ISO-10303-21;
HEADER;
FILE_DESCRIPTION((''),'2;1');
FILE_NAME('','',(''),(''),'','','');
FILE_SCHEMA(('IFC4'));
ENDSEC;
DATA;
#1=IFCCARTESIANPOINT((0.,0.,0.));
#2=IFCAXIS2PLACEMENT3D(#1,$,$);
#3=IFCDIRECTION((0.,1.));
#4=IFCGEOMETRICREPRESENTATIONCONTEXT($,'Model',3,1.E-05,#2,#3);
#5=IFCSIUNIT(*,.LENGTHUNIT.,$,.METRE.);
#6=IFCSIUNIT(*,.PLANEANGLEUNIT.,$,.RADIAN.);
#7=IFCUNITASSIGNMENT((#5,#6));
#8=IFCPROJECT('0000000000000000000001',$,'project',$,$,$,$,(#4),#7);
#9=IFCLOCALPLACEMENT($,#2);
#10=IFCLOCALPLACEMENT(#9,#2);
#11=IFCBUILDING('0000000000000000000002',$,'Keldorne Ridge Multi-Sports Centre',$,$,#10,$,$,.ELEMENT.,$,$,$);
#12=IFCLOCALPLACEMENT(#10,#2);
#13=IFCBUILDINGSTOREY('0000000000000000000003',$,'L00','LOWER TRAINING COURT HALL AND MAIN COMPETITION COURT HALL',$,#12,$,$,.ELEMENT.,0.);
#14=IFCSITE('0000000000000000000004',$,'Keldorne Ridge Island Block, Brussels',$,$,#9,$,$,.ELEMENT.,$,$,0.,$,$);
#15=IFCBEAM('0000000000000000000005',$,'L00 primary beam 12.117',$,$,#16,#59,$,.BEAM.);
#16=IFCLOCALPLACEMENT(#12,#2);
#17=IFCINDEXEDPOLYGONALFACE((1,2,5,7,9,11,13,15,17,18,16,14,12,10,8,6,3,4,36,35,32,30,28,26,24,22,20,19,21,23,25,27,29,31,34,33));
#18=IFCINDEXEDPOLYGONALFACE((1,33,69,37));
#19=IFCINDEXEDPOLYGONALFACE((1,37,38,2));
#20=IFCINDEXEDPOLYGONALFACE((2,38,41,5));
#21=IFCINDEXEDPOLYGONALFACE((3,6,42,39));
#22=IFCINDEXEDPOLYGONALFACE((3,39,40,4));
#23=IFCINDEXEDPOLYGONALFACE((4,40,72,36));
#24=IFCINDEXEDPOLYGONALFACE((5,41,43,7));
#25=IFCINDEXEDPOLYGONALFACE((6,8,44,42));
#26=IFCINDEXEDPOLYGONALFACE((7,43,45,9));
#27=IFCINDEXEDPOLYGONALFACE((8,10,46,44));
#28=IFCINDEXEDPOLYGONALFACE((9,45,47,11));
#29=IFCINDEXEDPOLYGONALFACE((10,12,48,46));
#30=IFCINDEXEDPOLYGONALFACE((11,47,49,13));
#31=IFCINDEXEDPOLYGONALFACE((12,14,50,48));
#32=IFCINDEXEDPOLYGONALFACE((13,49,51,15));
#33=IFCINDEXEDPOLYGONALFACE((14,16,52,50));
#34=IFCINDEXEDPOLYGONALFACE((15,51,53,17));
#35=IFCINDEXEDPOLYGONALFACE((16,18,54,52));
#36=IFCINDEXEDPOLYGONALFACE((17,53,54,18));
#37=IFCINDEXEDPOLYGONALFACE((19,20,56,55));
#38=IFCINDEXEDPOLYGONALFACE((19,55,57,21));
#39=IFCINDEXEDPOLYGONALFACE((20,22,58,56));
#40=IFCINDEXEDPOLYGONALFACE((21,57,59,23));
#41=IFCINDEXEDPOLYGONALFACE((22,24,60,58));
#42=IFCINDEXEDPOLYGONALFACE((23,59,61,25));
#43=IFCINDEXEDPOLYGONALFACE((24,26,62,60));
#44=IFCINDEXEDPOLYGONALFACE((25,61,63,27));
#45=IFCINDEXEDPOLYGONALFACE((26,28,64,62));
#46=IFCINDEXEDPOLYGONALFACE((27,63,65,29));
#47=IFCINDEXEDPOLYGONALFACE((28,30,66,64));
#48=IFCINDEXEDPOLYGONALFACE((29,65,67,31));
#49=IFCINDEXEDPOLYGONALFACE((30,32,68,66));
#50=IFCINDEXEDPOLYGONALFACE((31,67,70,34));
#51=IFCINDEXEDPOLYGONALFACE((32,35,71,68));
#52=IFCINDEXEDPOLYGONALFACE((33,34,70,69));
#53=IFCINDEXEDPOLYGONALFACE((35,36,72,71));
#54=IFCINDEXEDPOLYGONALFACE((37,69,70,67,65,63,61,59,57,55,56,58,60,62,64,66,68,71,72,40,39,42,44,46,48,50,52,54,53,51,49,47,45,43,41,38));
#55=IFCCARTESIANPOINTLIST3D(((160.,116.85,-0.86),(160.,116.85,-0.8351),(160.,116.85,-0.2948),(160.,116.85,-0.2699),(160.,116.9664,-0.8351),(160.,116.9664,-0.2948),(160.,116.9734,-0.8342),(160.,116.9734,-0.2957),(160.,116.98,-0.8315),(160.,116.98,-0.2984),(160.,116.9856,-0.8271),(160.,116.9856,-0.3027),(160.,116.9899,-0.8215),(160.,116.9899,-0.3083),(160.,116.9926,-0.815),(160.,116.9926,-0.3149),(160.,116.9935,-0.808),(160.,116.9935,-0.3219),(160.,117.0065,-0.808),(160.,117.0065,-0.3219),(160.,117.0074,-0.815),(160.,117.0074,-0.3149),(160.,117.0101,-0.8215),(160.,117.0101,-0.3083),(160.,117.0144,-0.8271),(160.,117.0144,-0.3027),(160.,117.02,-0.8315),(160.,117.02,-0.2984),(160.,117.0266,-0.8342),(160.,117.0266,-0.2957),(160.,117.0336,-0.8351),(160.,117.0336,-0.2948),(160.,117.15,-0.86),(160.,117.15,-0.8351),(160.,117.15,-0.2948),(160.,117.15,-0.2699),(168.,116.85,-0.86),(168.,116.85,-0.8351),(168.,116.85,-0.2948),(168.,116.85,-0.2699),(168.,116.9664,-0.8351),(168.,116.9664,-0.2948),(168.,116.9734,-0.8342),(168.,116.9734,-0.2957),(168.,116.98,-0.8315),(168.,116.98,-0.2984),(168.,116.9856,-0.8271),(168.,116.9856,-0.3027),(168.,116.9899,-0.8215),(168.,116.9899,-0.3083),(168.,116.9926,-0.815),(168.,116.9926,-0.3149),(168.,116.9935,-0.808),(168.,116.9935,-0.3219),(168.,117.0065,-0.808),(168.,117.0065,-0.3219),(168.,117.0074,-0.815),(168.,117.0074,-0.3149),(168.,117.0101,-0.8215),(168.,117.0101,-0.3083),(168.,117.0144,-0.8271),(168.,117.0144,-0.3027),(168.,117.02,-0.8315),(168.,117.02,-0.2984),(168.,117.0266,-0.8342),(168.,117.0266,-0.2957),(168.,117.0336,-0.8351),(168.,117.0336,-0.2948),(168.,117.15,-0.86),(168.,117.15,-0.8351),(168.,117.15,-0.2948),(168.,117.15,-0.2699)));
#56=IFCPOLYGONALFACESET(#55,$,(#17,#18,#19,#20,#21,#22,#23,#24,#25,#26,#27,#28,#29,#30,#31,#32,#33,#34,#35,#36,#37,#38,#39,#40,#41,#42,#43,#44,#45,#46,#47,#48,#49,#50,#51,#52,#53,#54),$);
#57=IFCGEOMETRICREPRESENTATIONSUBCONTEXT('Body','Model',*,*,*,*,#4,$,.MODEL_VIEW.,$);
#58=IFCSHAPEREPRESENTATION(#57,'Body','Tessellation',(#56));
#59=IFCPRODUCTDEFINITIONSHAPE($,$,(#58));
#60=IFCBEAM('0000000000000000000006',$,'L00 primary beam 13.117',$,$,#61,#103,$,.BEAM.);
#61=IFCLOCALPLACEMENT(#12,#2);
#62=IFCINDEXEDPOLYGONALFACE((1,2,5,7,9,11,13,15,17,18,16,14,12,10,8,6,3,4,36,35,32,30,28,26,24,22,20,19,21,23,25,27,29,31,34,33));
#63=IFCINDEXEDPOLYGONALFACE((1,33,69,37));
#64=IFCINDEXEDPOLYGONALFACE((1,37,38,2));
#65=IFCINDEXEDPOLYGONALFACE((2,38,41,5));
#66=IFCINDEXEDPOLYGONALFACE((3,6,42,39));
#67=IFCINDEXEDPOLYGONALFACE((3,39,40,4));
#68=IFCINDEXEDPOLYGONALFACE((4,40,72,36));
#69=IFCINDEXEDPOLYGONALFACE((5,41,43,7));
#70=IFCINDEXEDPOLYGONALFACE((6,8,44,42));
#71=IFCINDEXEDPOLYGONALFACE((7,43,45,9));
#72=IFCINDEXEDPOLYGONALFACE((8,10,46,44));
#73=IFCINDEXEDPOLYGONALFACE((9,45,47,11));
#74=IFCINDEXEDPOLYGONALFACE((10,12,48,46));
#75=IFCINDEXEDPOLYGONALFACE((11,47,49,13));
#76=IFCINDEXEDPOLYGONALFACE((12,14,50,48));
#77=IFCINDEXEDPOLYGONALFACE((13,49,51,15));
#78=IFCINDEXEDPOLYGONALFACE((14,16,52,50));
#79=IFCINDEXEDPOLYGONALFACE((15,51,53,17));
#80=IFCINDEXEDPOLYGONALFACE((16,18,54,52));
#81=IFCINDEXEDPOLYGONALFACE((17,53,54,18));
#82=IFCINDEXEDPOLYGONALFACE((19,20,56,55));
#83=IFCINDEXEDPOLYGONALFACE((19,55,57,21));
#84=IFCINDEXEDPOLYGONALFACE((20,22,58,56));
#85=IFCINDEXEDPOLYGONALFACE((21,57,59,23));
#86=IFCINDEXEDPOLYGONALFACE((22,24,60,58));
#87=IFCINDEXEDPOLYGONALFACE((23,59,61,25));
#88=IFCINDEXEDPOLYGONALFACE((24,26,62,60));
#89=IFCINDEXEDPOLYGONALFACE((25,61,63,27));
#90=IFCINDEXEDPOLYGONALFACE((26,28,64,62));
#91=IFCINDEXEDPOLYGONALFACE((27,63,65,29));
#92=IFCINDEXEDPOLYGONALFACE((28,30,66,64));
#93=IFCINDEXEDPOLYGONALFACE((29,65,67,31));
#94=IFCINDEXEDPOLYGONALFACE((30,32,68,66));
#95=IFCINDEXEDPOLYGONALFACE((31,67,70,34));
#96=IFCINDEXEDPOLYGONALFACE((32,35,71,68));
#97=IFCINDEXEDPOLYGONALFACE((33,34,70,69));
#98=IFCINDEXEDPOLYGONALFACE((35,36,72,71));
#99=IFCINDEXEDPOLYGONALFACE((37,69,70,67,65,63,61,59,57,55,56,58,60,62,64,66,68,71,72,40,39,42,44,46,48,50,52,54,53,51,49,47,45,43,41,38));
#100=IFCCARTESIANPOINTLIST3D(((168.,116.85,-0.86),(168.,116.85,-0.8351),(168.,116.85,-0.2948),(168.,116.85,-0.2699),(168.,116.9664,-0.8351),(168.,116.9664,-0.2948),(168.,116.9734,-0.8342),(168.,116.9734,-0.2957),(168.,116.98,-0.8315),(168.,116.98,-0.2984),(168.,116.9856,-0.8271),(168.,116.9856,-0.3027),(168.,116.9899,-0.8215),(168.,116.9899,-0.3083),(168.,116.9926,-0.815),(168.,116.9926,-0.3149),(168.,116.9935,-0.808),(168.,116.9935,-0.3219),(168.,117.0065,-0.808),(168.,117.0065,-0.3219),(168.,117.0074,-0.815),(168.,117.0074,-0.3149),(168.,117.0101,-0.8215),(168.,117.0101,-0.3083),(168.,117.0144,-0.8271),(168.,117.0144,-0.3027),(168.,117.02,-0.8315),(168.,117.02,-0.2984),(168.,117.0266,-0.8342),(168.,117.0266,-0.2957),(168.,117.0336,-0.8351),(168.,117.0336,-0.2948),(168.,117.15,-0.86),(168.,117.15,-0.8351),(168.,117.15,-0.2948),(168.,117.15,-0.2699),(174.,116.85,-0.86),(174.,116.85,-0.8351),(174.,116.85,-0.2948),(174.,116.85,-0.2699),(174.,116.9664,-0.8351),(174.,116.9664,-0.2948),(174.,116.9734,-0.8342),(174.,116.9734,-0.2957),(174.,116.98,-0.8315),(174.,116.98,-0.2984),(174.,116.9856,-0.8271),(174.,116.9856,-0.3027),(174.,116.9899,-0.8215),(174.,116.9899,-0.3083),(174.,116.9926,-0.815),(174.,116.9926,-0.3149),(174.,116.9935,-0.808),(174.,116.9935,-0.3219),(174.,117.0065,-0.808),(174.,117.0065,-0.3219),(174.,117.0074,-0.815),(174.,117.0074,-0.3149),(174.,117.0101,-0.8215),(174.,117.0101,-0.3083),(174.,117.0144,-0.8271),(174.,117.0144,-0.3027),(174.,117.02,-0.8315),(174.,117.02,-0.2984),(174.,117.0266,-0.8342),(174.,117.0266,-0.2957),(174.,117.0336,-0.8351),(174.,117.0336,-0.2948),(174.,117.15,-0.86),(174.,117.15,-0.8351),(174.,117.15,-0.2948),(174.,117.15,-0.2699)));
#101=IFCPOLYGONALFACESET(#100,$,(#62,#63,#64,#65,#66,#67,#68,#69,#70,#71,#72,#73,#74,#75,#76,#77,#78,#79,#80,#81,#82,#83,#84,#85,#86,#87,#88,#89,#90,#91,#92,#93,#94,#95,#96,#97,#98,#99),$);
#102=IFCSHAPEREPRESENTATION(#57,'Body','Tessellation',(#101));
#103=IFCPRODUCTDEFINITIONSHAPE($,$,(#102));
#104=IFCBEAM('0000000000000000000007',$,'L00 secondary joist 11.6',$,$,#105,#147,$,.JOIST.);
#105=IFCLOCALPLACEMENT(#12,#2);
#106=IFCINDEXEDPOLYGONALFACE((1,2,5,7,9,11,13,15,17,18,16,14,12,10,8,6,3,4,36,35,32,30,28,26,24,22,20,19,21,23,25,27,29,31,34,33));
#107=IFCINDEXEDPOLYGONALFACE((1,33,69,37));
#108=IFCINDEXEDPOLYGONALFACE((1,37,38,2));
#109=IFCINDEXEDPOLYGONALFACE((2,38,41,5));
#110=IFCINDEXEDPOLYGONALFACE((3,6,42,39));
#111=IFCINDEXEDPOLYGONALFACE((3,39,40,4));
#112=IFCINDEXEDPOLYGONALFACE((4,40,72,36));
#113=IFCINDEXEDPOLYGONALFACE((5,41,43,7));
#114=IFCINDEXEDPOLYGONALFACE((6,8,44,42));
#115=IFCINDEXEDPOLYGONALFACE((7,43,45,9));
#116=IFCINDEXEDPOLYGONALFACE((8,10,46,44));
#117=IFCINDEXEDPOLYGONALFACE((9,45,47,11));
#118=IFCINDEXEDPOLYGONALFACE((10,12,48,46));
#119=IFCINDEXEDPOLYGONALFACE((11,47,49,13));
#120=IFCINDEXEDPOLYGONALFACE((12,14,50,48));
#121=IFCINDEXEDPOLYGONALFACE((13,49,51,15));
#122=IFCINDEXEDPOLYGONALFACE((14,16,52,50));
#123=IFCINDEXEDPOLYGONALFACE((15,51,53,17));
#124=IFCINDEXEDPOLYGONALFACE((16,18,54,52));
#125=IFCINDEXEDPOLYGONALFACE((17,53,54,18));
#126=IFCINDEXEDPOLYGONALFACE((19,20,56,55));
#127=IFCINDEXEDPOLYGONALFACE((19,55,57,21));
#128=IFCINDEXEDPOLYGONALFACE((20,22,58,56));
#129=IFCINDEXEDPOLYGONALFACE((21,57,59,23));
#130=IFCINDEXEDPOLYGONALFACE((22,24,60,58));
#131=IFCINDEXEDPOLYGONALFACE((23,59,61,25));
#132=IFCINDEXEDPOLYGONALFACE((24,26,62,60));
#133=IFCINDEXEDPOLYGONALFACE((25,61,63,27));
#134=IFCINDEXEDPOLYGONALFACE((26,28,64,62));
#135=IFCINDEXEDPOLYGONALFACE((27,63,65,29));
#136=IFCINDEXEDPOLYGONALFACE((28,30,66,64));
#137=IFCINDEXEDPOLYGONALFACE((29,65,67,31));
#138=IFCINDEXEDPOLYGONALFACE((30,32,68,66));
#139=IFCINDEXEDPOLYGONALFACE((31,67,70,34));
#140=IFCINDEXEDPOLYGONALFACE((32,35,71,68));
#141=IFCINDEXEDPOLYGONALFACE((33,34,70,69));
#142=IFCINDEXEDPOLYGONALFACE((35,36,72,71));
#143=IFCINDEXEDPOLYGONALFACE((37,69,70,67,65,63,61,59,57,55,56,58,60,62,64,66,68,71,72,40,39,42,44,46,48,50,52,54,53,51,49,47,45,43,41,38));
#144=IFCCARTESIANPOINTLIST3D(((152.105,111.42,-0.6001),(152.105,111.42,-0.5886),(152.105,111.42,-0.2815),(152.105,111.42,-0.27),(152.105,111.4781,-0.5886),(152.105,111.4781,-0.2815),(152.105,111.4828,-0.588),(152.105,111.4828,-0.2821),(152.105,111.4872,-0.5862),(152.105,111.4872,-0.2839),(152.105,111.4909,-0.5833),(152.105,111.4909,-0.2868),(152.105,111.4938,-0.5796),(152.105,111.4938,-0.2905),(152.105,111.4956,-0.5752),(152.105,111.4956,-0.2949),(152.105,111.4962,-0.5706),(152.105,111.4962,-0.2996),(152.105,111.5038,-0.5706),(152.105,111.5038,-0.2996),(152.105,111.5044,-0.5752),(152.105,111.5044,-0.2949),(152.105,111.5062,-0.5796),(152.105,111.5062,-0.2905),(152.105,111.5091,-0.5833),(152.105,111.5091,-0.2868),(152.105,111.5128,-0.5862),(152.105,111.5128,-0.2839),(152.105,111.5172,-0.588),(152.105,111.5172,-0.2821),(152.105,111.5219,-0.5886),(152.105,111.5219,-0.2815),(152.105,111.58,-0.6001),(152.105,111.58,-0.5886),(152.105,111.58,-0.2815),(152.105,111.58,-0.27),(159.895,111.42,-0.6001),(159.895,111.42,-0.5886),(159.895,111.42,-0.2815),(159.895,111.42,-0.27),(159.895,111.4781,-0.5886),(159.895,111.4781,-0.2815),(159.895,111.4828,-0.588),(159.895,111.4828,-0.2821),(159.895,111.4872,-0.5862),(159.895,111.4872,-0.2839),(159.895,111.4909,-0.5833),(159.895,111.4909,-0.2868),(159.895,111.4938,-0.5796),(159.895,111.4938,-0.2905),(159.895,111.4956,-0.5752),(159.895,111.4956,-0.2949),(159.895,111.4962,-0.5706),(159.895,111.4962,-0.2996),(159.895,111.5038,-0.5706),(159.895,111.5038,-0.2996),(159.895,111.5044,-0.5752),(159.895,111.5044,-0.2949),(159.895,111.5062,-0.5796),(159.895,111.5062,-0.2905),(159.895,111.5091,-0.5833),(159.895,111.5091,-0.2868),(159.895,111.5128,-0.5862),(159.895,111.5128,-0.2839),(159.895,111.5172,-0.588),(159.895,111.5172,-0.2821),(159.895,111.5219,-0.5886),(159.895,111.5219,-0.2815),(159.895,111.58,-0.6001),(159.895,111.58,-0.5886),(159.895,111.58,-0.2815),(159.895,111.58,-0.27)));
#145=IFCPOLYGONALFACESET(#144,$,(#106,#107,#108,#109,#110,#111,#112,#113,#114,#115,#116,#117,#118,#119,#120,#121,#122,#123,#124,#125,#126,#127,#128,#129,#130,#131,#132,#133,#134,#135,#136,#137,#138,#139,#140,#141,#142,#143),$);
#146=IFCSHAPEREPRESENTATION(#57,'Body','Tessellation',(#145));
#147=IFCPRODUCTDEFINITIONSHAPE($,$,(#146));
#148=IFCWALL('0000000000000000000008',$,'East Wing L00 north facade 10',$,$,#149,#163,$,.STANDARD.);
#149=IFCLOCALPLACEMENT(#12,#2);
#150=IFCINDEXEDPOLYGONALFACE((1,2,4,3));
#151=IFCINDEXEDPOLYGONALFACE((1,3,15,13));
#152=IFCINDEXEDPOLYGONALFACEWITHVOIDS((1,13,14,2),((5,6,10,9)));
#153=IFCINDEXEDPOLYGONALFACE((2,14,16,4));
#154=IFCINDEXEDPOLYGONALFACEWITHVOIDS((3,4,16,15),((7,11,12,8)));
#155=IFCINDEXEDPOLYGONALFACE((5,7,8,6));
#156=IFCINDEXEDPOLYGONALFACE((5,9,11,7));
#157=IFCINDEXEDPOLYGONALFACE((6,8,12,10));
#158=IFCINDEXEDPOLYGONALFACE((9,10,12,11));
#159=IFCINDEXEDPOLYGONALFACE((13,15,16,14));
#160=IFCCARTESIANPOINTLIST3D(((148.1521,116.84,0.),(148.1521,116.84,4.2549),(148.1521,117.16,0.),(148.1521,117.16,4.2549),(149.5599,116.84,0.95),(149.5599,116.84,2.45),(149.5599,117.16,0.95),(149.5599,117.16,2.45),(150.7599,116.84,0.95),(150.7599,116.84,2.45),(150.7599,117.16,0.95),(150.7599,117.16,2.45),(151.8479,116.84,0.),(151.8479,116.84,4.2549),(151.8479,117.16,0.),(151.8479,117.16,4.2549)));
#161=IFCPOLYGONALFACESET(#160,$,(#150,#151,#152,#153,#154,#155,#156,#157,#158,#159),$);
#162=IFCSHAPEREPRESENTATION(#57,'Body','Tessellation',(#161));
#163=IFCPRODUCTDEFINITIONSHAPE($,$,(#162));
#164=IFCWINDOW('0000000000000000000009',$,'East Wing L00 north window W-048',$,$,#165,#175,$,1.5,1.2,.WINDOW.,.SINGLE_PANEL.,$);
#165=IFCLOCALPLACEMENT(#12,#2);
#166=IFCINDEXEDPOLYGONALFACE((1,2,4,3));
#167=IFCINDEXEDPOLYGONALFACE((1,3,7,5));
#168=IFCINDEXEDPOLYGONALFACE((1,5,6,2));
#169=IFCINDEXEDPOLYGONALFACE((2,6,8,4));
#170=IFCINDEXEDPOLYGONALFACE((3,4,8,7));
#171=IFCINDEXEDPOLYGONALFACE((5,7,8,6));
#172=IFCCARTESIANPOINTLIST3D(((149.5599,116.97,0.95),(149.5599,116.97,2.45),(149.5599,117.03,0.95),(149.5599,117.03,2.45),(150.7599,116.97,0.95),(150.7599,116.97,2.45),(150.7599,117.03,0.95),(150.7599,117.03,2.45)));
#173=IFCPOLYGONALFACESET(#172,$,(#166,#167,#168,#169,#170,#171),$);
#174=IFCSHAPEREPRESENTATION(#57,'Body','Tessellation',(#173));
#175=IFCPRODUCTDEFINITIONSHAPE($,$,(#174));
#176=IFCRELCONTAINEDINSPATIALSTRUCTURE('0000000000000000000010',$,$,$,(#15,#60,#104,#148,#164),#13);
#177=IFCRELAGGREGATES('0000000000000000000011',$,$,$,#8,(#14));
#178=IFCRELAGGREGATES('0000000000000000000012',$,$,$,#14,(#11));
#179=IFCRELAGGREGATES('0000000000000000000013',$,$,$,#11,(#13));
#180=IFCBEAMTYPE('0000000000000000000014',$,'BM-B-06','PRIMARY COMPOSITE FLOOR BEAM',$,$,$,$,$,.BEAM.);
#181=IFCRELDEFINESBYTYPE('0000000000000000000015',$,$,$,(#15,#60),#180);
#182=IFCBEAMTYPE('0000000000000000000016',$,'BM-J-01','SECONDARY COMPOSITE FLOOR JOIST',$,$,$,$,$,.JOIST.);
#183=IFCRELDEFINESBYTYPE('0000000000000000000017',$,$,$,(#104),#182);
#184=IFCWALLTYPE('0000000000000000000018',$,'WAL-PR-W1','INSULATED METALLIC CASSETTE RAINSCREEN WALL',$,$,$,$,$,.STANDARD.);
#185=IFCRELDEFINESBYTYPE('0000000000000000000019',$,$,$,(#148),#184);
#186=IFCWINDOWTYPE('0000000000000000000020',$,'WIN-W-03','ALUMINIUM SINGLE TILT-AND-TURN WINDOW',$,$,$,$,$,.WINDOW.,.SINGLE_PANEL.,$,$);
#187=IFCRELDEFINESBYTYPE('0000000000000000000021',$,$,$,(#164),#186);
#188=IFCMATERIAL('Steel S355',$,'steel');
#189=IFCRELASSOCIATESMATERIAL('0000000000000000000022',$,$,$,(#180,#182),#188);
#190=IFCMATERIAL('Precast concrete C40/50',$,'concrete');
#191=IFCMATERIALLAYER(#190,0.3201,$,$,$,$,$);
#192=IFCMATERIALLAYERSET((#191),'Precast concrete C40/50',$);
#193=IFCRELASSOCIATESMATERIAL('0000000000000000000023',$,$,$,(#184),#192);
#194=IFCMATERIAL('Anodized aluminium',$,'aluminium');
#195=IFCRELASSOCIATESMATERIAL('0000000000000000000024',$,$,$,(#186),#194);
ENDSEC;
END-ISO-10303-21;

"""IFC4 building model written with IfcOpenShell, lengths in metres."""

from ifc_helpers import new_model, si_unit, direction, frame, frame_2d, origin, origin_2d, place, context, subcontext, project, spatial, rectangle, i_section, extrude, material, layer, layer_set, material_profile, profile_set, type_object, element, fill, save


model = new_model("IFC4")

# Units and contexts
model_context = context("Model", 3, precision=1e-05, world=origin(), true_north=direction((0.0, 1.0)))
body_context = subcontext(model_context, "Body", "Model", "MODEL_VIEW")
ifc_project = project(units=[si_unit("LENGTHUNIT", "METRE"), si_unit("PLANEANGLEUNIT", "RADIAN")], contexts=[model_context])

# Site, building, storey
site_placement = place(None, origin())
site = spatial("IfcSite", under=ifc_project, at=site_placement, Name="Keldorne Ridge Island Block, Brussels", CompositionType="ELEMENT", RefElevation=0.0)
building_placement = place(site_placement, origin())
building = spatial("IfcBuilding", under=site, at=building_placement, Name="Keldorne Ridge Multi-Sports Centre", CompositionType="ELEMENT")
storey_placement = place(building_placement, origin())
storey = spatial("IfcBuildingStorey", under=building, at=storey_placement, Name="L00", Description="LOWER TRAINING COURT HALL AND MAIN COMPETITION COURT HALL", CompositionType="ELEMENT", Elevation=0.0)

# Shared definitions
ifc_material_1 = material(Name="Steel S355", Category="steel")

# Beams
ifc_material_profile_1 = material_profile(ifc_material_1, i_section(OverallWidth=0.3, OverallDepth=0.5901, WebThickness=0.0129, FlangeThickness=0.0249, FilletRadius=0.0271, at=origin_2d()), Name="HEA 600")
ifc_profile_set_1 = profile_set([ifc_material_profile_1], Name="Steel S355")
beam_type_1 = type_object("IfcBeamType", Name="BM-B-06", Description="PRIMARY COMPOSITE FLOOR BEAM", PredefinedType="BEAM", material=ifc_profile_set_1)
for number, where, z_axis, x_axis, name in (
    (1, (160.0, 117.0, -0.5649), (1.0, 0.0, 0.0), (0.0, 1.0, 0.0), "L00 primary beam 12.117"),
):
    element("IfcBeam", number, at=place(storey_placement, frame(where, z_axis=z_axis, x_axis=x_axis)), inside=storey, type_object=beam_type_1, Name=name, PredefinedType="BEAM", context=body_context, shape_type="SweptSolid", body=[
        extrude(i_section(OverallWidth=0.3, OverallDepth=0.5901, WebThickness=0.0129, FlangeThickness=0.0249, FilletRadius=0.0271, at=origin_2d()), origin(), (0.0, 0.0, 1.0), 8.0),
    ])
beam_1_placement = place(storey_placement, frame((168.0, 117.0, -0.5649), z_axis=(1.0, 0.0, 0.0), x_axis=(0.0, 1.0, 0.0)))
element("IfcBeam", 2, at=beam_1_placement, inside=storey, type_object=beam_type_1, Name="L00 primary beam 13.117", PredefinedType="BEAM", context=body_context, shape_type="SweptSolid", body=[
    extrude(i_section(OverallWidth=0.3, OverallDepth=0.5901, WebThickness=0.0129, FlangeThickness=0.0249, FilletRadius=0.0271, at=origin_2d()), origin(), (0.0, 0.0, 1.0), 6.0),
])
ifc_material_profile_2 = material_profile(ifc_material_1, i_section(OverallWidth=0.1599, OverallDepth=0.3301, WebThickness=0.0076, FlangeThickness=0.0115, FilletRadius=0.0181, at=origin_2d()), Name="IPE 330")
ifc_profile_set_2 = profile_set([ifc_material_profile_2], Name="Steel S355")
beam_type_2 = type_object("IfcBeamType", Name="BM-J-01", Description="SECONDARY COMPOSITE FLOOR JOIST", PredefinedType="JOIST", material=ifc_profile_set_2)
beam_2_placement = place(storey_placement, frame((152.105, 111.5, -0.4351), z_axis=(1.0, 0.0, 0.0), x_axis=(0.0, 1.0, 0.0)))
element("IfcBeam", 3, at=beam_2_placement, inside=storey, type_object=beam_type_2, Name="L00 secondary joist 11.6", PredefinedType="JOIST", context=body_context, shape_type="SweptSolid", body=[
    extrude(i_section(OverallWidth=0.1599, OverallDepth=0.3301, WebThickness=0.0076, FlangeThickness=0.0115, FilletRadius=0.0181, at=origin_2d()), origin(), (0.0, 0.0, 1.0), 7.79),
])

# Wall, opening, window
ifc_material_2 = material(Name="Precast concrete C40/50", Category="concrete")
ifc_layer_1 = layer(ifc_material_2, 0.3201)
ifc_layer_set_1 = layer_set([ifc_layer_1], Name="Precast concrete C40/50")
wall_type_1 = type_object("IfcWallType", Name="WAL-PR-W1", Description="INSULATED METALLIC CASSETTE RAINSCREEN WALL", PredefinedType="STANDARD", material=ifc_layer_set_1)
wall_1_placement = place(storey_placement, frame((151.8479, 117.0, 0.0), z_axis=(0.0, 0.0, 1.0), x_axis=(-1.0, 0.0, 0.0)))
wall_1 = element("IfcWall", 4, at=wall_1_placement, inside=storey, type_object=wall_type_1, Name="East Wing L00 north facade 10", PredefinedType="STANDARD", context=body_context, shape_type="SweptSolid", body=[
    extrude(rectangle(XDim=3.6958, YDim=0.3201, at=frame_2d((1.8479, 0.0))), origin(), (0.0, 0.0, 1.0), 4.2549),
])
opening_1_placement = place(wall_1_placement, frame((1.0879, 0.0, 0.95)))
opening_1 = element("IfcOpeningElement", 5, at=opening_1_placement, cuts=wall_1, PredefinedType="OPENING", context=body_context, shape_type="SweptSolid", body=[
    extrude(rectangle(XDim=1.2, YDim=1.5, at=frame_2d((0.6001, 0.75))), frame((0.0, 0.1699, 0.0), z_axis=(0.0, -1.0, 0.0), x_axis=(1.0, 0.0, 0.0)), (0.0, 0.0, 1.0), 0.3401),
])
ifc_material_3 = material(Name="Anodized aluminium", Category="aluminium")
window_type_1 = type_object("IfcWindowType", Name="WIN-W-03", Description="ALUMINIUM SINGLE TILT-AND-TURN WINDOW", PartitioningType="SINGLE_PANEL", PredefinedType="WINDOW", material=ifc_material_3)
window_1_placement = place(opening_1_placement, origin())
window_1 = element("IfcWindow", 6, at=window_1_placement, inside=storey, type_object=window_type_1, Name="East Wing L00 north window W-048", OverallHeight=1.5, OverallWidth=1.2, PartitioningType="SINGLE_PANEL", PredefinedType="WINDOW", context=body_context, shape_type="SweptSolid", body=[
    extrude(rectangle(XDim=1.2, YDim=1.5, at=frame_2d((0.6001, 0.75))), frame((0.0, 0.03, 0.0), z_axis=(0.0, -1.0, 0.0), x_axis=(1.0, 0.0, 0.0)), (0.0, 0.0, 1.0), 0.0601),
])
fill(opening_1, window_1)

save(model, "model.ifc")
